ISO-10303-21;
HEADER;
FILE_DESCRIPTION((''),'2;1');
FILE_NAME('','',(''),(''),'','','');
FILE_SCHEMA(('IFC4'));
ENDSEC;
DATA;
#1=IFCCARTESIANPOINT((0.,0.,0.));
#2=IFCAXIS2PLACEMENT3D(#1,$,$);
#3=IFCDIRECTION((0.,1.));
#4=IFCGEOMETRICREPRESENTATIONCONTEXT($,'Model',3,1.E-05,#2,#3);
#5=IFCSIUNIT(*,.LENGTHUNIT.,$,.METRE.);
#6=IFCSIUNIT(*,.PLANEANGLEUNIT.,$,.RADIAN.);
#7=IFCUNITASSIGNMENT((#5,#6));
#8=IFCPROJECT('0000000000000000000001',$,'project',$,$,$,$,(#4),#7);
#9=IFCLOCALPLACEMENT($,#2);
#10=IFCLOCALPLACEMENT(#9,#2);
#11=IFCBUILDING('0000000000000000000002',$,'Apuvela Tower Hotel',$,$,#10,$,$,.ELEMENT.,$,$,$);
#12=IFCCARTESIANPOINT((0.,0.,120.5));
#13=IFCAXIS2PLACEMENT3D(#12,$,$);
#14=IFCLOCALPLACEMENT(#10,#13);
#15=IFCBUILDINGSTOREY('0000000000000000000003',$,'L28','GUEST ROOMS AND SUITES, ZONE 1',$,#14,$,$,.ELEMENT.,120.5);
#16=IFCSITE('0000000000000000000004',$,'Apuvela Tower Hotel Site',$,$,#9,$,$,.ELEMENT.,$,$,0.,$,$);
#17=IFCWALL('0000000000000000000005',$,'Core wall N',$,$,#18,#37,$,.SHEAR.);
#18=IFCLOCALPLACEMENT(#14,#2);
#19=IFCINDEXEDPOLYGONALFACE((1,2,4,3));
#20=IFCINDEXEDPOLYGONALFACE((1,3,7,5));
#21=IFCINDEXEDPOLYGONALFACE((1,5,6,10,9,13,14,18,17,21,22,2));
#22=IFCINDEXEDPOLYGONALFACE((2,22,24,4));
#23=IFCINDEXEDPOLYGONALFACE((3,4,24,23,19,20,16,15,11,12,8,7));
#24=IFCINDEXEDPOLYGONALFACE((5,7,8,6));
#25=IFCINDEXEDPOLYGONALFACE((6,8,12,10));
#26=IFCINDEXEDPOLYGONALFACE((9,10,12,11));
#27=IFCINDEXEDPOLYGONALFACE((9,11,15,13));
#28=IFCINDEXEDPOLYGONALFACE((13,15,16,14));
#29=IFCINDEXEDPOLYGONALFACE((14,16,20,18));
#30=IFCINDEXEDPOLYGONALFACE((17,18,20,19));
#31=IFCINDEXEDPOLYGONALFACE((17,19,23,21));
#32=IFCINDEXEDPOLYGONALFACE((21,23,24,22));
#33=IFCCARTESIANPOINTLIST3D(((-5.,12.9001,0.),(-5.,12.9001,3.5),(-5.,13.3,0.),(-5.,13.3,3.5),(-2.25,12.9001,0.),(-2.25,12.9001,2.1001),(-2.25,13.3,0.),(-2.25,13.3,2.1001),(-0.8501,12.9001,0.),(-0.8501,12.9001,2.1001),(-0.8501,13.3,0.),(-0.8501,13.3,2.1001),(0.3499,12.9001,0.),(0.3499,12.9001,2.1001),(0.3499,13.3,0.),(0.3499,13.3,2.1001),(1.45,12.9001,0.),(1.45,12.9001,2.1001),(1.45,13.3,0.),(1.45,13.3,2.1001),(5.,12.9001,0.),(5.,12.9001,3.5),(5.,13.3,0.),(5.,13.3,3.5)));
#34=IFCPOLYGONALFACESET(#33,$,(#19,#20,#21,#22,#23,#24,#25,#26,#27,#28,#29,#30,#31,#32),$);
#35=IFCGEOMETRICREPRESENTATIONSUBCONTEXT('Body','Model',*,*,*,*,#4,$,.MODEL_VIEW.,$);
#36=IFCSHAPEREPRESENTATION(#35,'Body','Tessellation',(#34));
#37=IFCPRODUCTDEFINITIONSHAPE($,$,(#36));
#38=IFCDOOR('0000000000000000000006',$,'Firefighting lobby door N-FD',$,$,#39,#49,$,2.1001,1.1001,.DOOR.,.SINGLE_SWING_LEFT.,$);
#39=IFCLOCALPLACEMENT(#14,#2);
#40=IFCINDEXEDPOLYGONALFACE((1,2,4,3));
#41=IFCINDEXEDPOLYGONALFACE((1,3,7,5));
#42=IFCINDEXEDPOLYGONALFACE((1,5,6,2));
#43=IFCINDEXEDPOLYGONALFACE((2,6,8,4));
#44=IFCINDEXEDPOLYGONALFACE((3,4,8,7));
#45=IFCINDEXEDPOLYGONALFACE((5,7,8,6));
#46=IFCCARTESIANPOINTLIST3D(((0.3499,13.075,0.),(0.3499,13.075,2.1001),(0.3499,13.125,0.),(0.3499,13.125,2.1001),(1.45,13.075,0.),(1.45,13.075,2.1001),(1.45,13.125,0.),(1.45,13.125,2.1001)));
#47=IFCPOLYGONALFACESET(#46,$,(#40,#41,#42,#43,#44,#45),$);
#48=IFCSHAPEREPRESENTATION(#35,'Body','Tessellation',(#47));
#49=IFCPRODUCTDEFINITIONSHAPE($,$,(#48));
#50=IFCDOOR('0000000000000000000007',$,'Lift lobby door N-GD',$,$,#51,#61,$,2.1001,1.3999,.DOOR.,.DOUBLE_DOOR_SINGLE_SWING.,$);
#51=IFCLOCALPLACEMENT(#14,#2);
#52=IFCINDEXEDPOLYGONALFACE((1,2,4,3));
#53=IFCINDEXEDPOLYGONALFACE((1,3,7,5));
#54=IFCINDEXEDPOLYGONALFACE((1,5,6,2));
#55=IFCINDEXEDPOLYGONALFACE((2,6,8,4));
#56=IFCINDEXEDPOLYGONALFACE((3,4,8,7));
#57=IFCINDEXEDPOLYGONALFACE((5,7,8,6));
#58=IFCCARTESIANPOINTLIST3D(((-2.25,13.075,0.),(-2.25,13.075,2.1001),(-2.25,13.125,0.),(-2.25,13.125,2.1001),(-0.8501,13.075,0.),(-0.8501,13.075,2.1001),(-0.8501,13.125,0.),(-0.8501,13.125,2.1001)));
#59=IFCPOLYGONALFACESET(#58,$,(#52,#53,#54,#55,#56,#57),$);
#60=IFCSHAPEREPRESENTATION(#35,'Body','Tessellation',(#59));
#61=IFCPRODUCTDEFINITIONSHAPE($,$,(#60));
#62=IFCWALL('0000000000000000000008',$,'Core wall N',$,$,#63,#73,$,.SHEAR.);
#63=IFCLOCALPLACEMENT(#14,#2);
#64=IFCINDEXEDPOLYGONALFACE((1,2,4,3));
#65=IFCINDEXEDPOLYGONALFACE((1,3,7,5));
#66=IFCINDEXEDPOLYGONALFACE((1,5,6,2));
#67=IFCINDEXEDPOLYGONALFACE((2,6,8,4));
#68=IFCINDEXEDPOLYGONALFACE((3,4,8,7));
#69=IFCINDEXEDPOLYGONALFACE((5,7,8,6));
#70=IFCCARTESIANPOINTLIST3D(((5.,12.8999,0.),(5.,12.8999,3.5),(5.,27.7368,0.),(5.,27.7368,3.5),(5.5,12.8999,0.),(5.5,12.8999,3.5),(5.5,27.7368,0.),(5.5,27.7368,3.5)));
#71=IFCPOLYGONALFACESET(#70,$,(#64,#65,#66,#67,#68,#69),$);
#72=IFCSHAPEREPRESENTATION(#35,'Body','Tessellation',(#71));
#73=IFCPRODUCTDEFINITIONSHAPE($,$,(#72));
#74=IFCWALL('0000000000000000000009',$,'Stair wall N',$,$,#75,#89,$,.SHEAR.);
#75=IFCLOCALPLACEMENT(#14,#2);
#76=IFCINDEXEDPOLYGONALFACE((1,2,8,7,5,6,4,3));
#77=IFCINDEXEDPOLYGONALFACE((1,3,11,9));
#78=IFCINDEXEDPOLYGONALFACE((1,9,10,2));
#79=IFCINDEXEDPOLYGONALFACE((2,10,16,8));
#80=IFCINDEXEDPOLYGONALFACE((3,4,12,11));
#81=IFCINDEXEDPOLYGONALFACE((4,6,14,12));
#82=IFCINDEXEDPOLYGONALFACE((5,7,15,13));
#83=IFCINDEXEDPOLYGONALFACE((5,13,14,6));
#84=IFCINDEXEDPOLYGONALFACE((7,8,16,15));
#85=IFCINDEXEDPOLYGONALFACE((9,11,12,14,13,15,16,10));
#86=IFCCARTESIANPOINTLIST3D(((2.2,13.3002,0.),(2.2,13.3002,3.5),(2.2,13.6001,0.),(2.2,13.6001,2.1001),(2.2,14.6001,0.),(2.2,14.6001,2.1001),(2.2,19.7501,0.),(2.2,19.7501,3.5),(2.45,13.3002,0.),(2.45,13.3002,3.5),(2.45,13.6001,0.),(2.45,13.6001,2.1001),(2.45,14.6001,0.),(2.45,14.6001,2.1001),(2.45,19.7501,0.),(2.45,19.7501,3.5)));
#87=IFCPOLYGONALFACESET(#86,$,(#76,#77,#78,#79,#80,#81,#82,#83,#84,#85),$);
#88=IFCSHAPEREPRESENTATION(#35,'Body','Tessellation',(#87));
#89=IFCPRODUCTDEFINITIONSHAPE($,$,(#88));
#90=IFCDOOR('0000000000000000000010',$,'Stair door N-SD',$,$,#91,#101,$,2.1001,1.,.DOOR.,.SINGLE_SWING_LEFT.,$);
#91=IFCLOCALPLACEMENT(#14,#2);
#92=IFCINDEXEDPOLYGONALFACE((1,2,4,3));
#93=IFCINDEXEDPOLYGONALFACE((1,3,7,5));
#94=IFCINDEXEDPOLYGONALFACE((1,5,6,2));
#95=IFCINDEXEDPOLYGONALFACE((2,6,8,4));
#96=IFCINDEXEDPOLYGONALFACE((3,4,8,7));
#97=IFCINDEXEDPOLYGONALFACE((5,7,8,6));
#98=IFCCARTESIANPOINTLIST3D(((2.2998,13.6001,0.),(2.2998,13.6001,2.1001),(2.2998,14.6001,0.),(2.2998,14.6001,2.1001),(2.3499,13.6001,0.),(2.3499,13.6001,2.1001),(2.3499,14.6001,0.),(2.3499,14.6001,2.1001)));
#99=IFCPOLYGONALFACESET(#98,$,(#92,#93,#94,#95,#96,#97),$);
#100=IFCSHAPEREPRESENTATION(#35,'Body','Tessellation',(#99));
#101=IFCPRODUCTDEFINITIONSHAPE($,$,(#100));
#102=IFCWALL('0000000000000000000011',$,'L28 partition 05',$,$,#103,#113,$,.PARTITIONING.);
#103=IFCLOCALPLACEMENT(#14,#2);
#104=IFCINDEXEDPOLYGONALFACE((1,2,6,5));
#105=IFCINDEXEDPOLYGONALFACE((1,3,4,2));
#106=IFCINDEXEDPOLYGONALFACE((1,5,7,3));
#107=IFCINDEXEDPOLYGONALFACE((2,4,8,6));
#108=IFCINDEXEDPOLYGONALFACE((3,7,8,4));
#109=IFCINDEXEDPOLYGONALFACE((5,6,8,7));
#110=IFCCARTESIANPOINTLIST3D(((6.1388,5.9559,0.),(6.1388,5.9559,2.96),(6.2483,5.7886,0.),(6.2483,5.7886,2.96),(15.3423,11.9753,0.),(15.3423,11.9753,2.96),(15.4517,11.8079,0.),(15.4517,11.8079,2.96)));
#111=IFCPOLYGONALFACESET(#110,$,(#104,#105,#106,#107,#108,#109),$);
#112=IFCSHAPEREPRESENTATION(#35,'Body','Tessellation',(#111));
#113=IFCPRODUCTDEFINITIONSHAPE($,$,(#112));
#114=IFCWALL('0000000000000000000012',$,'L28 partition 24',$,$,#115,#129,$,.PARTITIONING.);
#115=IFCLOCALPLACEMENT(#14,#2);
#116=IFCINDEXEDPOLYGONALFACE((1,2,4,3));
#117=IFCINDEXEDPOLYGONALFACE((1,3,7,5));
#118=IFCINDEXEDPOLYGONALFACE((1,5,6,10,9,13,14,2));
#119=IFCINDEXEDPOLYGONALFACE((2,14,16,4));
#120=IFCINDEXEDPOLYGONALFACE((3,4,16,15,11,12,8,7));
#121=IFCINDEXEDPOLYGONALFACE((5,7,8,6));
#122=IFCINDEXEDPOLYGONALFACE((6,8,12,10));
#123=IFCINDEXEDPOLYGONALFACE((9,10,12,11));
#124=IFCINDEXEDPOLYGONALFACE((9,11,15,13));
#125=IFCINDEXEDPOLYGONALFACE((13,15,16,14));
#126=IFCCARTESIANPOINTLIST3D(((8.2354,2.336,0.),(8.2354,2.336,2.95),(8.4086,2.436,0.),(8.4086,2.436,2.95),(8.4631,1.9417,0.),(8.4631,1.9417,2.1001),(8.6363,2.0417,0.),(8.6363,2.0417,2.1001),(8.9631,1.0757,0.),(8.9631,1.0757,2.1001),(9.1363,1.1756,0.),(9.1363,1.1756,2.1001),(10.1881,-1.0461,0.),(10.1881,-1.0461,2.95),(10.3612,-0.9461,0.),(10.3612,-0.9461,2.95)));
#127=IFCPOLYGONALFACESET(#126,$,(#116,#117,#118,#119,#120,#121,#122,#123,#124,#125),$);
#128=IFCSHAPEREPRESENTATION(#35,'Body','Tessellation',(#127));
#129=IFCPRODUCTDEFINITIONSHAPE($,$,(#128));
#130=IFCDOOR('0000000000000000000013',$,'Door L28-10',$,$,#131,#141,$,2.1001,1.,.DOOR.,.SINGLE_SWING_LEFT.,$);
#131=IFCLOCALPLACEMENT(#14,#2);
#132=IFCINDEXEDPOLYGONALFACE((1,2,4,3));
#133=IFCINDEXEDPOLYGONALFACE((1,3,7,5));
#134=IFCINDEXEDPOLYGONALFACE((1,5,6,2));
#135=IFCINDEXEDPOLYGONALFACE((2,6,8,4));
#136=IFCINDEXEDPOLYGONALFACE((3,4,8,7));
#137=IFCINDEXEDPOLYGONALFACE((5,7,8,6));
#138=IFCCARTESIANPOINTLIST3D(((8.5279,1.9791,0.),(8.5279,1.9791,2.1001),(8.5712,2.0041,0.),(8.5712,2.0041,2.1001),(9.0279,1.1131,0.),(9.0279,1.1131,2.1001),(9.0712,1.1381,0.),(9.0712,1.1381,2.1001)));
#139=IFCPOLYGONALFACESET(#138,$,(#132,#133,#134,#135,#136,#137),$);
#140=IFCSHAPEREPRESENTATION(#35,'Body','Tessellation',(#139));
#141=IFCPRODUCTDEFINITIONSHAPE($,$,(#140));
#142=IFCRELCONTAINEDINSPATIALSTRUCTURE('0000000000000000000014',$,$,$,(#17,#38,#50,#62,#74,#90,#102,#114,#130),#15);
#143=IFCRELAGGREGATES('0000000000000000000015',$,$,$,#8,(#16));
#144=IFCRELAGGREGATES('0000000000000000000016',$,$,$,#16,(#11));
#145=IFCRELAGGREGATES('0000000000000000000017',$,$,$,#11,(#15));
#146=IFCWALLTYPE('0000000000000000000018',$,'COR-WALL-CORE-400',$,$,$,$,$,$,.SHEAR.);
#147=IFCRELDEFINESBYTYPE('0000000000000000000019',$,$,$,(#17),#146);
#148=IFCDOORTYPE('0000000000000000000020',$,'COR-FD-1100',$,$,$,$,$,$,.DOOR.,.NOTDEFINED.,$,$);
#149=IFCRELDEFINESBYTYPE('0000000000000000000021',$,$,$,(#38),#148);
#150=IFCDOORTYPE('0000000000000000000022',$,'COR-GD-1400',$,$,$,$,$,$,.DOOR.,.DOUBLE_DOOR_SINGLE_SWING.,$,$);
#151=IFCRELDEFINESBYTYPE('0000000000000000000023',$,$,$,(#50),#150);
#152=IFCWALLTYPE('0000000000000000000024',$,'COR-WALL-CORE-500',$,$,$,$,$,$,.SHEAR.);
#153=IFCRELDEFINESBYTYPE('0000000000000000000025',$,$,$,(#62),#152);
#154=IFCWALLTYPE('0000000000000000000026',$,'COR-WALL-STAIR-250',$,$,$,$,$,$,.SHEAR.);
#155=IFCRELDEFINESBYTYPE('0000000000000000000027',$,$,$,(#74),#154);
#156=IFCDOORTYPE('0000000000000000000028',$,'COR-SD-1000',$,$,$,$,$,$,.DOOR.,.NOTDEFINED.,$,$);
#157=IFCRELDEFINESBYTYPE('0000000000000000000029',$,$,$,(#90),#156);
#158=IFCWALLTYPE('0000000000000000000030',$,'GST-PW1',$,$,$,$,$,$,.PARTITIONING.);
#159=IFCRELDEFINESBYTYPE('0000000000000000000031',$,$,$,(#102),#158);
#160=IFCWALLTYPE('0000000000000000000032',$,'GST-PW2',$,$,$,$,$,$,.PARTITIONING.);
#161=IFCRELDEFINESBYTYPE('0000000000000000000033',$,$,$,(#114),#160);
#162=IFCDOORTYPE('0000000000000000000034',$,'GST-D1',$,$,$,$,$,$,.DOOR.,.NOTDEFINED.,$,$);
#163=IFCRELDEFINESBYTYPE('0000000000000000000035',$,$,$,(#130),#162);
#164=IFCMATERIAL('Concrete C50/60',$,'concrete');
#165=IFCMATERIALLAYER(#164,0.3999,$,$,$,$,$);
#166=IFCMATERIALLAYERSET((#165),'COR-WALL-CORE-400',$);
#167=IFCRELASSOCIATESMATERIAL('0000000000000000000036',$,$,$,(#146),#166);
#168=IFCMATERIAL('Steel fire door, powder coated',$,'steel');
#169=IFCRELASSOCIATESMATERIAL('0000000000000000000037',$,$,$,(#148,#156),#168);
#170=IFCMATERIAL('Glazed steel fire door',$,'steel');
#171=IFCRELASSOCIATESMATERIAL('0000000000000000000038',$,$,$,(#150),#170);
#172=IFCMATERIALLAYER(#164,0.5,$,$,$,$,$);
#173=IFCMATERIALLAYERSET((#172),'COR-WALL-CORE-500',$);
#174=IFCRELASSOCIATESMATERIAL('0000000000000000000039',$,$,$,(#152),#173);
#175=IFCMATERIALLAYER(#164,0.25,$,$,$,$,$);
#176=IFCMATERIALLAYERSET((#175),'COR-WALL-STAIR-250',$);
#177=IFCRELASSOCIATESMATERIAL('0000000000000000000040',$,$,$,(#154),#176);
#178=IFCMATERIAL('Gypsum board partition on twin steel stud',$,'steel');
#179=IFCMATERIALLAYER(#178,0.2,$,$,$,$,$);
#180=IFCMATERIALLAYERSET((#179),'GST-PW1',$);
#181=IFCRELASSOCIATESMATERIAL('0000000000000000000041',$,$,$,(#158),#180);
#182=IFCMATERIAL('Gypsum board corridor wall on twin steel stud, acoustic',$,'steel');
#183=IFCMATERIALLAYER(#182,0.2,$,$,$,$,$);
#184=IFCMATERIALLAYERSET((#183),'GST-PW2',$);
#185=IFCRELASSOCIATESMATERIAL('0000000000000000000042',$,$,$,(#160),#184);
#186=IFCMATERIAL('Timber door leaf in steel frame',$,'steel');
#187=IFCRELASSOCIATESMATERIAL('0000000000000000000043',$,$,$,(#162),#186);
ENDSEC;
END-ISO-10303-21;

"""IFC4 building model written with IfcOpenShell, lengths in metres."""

from ifc_helpers import new_model, si_unit, direction, frame, frame_2d, origin, place, context, subcontext, project, spatial, rectangle, extrude, material, layer, layer_set, type_object, element, fill, save


model = new_model("IFC4")

# Units and contexts
model_context = context("Model", 3, precision=1e-05, world=origin(), true_north=direction((0.0, 1.0)))
body_context = subcontext(model_context, "Body", "Model", "MODEL_VIEW")
ifc_project = project(units=[si_unit("LENGTHUNIT", "METRE"), si_unit("PLANEANGLEUNIT", "RADIAN")], contexts=[model_context])

# Site, building, storey
site_placement = place(None, origin())
site = spatial("IfcSite", under=ifc_project, at=site_placement, Name="Apuvela Tower Hotel Site", CompositionType="ELEMENT", RefElevation=0.0)
building_placement = place(site_placement, origin())
building = spatial("IfcBuilding", under=site, at=building_placement, Name="Apuvela Tower Hotel", CompositionType="ELEMENT")
storey_placement = place(building_placement, frame((0.0, 0.0, 120.5)))
storey = spatial("IfcBuildingStorey", under=building, at=storey_placement, Name="L28", Description="GUEST ROOMS AND SUITES, ZONE 1", CompositionType="ELEMENT", Elevation=120.5)

# Shared definitions
ifc_material_1 = material(Name="Concrete C50/60", Category="concrete")

# Wall, openings, doors
ifc_layer_1 = layer(ifc_material_1, 0.3999)
ifc_layer_set_1 = layer_set([ifc_layer_1], Name="COR-WALL-CORE-400")
wall_type_1 = type_object("IfcWallType", Name="COR-WALL-CORE-400", PredefinedType="SHEAR", material=ifc_layer_set_1)
wall_1_placement = place(storey_placement, frame((5.0, 13.1001, 0.0), z_axis=(0.0, 0.0, 1.0), x_axis=(-1.0, 0.0, 0.0)))
wall_1 = element("IfcWall", 1, at=wall_1_placement, inside=storey, type_object=wall_type_1, Name="Core wall N", PredefinedType="SHEAR", context=body_context, shape_type="SweptSolid", body=[
    extrude(rectangle(XDim=10.0, YDim=0.3999, at=frame_2d((5.0, 0.0))), origin(), (0.0, 0.0, 1.0), 3.5),
])
opening_1_placement = place(wall_1_placement, frame((3.55, 0.0, 0.0)))
opening_1 = element("IfcOpeningElement", 2, at=opening_1_placement, cuts=wall_1, PredefinedType="OPENING", context=body_context, shape_type="SweptSolid", body=[
    extrude(rectangle(XDim=1.1001, YDim=2.1001, at=frame_2d((0.55, 1.05))), frame((0.0, 0.21, 0.0), z_axis=(0.0, -1.0, 0.0), x_axis=(1.0, 0.0, 0.0)), (0.0, 0.0, 1.0), 0.4199),
])
opening_2_placement = place(wall_1_placement, frame((5.8501, 0.0, 0.0)))
opening_2 = element("IfcOpeningElement", 3, at=opening_2_placement, cuts=wall_1, PredefinedType="OPENING", context=body_context, shape_type="SweptSolid", body=[
    extrude(rectangle(XDim=1.3999, YDim=2.1001, at=frame_2d((0.7, 1.05))), frame((0.0, 0.21, 0.0), z_axis=(0.0, -1.0, 0.0), x_axis=(1.0, 0.0, 0.0)), (0.0, 0.0, 1.0), 0.4199),
])
ifc_material_2 = material(Name="Steel fire door, powder coated", Category="steel")
door_type_1 = type_object("IfcDoorType", Name="COR-FD-1100", OperationType="NOTDEFINED", PredefinedType="DOOR", material=ifc_material_2)
door_1_placement = place(opening_1_placement, frame((1.1001, 0.0, 0.0), z_axis=(0.0, 0.0, 1.0), x_axis=(-1.0, 0.0, 0.0)))
door_1 = element("IfcDoor", 4, at=door_1_placement, inside=storey, type_object=door_type_1, Name="Firefighting lobby door N-FD", OperationType="SINGLE_SWING_LEFT", OverallHeight=2.1001, OverallWidth=1.1001, PredefinedType="DOOR", context=body_context, shape_type="SweptSolid", body=[
    extrude(rectangle(XDim=1.1001, YDim=2.1001, at=frame_2d((0.55, 1.05))), frame((0.0, 0.0249, 0.0), z_axis=(0.0, -1.0, 0.0), x_axis=(1.0, 0.0, 0.0)), (0.0, 0.0, 1.0), 0.05),
])
fill(opening_1, door_1)
ifc_material_3 = material(Name="Glazed steel fire door", Category="steel")
door_type_2 = type_object("IfcDoorType", Name="COR-GD-1400", OperationType="DOUBLE_DOOR_SINGLE_SWING", PredefinedType="DOOR", material=ifc_material_3)
door_2_placement = place(opening_2_placement, frame((1.3999, 0.0, 0.0), z_axis=(0.0, 0.0, 1.0), x_axis=(-1.0, 0.0, 0.0)))
door_2 = element("IfcDoor", 5, at=door_2_placement, inside=storey, type_object=door_type_2, Name="Lift lobby door N-GD", OperationType="DOUBLE_DOOR_SINGLE_SWING", OverallHeight=2.1001, OverallWidth=1.3999, PredefinedType="DOOR", context=body_context, shape_type="SweptSolid", body=[
    extrude(rectangle(XDim=1.3999, YDim=2.1001, at=frame_2d((0.7, 1.05))), frame((0.0, 0.0249, 0.0), z_axis=(0.0, -1.0, 0.0), x_axis=(1.0, 0.0, 0.0)), (0.0, 0.0, 1.0), 0.05),
])
fill(opening_2, door_2)

# Wall
ifc_layer_2 = layer(ifc_material_1, 0.5)
ifc_layer_set_2 = layer_set([ifc_layer_2], Name="COR-WALL-CORE-500")
wall_type_2 = type_object("IfcWallType", Name="COR-WALL-CORE-500", PredefinedType="SHEAR", material=ifc_layer_set_2)
wall_2_placement = place(storey_placement, frame((5.25, 12.8999, 0.0), z_axis=(0.0, 0.0, 1.0), x_axis=(0.0, 1.0, 0.0)))
element("IfcWall", 6, at=wall_2_placement, inside=storey, type_object=wall_type_2, Name="Core wall N", PredefinedType="SHEAR", context=body_context, shape_type="SweptSolid", body=[
    extrude(rectangle(XDim=14.8369, YDim=0.5, at=frame_2d((7.4185, 0.0))), origin(), (0.0, 0.0, 1.0), 3.5),
])

# Wall, opening, door
ifc_layer_3 = layer(ifc_material_1, 0.25)
ifc_layer_set_3 = layer_set([ifc_layer_3], Name="COR-WALL-STAIR-250")
wall_type_3 = type_object("IfcWallType", Name="COR-WALL-STAIR-250", PredefinedType="SHEAR", material=ifc_layer_set_3)
wall_3_placement = place(storey_placement, frame((2.325, 13.3, 0.0), z_axis=(0.0, 0.0, 1.0), x_axis=(0.0, 1.0, 0.0)))
wall_3 = element("IfcWall", 7, at=wall_3_placement, inside=storey, type_object=wall_type_3, Name="Stair wall N", PredefinedType="SHEAR", context=body_context, shape_type="SweptSolid", body=[
    extrude(rectangle(XDim=6.45, YDim=0.25, at=frame_2d((3.2251, 0.0))), origin(), (0.0, 0.0, 1.0), 3.5),
])
opening_3_placement = place(wall_3_placement, frame((0.3, 0.0, 0.0)))
opening_3 = element("IfcOpeningElement", 8, at=opening_3_placement, cuts=wall_3, PredefinedType="OPENING", context=body_context, shape_type="SweptSolid", body=[
    extrude(rectangle(XDim=1.0, YDim=2.1001, at=frame_2d((0.5, 1.05))), frame((0.0, 0.135, 0.0), z_axis=(0.0, -1.0, 0.0), x_axis=(1.0, 0.0, 0.0)), (0.0, 0.0, 1.0), 0.27),
])
door_type_3 = type_object("IfcDoorType", Name="COR-SD-1000", OperationType="NOTDEFINED", PredefinedType="DOOR", material=ifc_material_2)
door_3_placement = place(opening_3_placement, frame((1.0, 0.0, 0.0), z_axis=(0.0, 0.0, 1.0), x_axis=(-1.0, 0.0, 0.0)))
door_3 = element("IfcDoor", 9, at=door_3_placement, inside=storey, type_object=door_type_3, Name="Stair door N-SD", OperationType="SINGLE_SWING_LEFT", OverallHeight=2.1001, OverallWidth=1.0, PredefinedType="DOOR", context=body_context, shape_type="SweptSolid", body=[
    extrude(rectangle(XDim=1.0, YDim=2.1001, at=frame_2d((0.5, 1.05))), frame((0.0, 0.0249, 0.0), z_axis=(0.0, -1.0, 0.0), x_axis=(1.0, 0.0, 0.0)), (0.0, 0.0, 1.0), 0.05),
])
fill(opening_3, door_3)

# Wall
ifc_material_4 = material(Name="Gypsum board partition on twin steel stud", Category="steel")
ifc_layer_4 = layer(ifc_material_4, 0.2)
ifc_layer_set_4 = layer_set([ifc_layer_4], Name="GST-PW1")
wall_type_4 = type_object("IfcWallType", Name="GST-PW1", PredefinedType="PARTITIONING", material=ifc_layer_set_4)
wall_4_placement = place(storey_placement, frame((15.397, 11.8916, 0.0), z_axis=(0.0, 0.0, 1.0), x_axis=(-0.836899, -0.547358, 0.0)))
element("IfcWall", 10, at=wall_4_placement, inside=storey, type_object=wall_type_4, Name="L28 partition 05", PredefinedType="PARTITIONING", context=body_context, shape_type="SweptSolid", body=[
    extrude(rectangle(XDim=10.9971, YDim=0.2, at=frame_2d((5.4985, 0.0))), origin(), (0.0, 0.0, 1.0), 2.96),
])

# Wall, opening, door
ifc_material_5 = material(Name="Gypsum board corridor wall on twin steel stud, acoustic", Category="steel")
ifc_layer_5 = layer(ifc_material_5, 0.2)
ifc_layer_set_5 = layer_set([ifc_layer_5], Name="GST-PW2")
wall_type_5 = type_object("IfcWallType", Name="GST-PW2", PredefinedType="PARTITIONING", material=ifc_layer_set_5)
wall_5_placement = place(storey_placement, frame((8.322, 2.386, 0.0), z_axis=(0.0, 0.0, 1.0), x_axis=(0.499998, -0.866026, 0.0)))
wall_5 = element("IfcWall", 11, at=wall_5_placement, inside=storey, type_object=wall_type_5, Name="L28 partition 24", PredefinedType="PARTITIONING", context=body_context, shape_type="SweptSolid", body=[
    extrude(rectangle(XDim=3.9053, YDim=0.2, at=frame_2d((1.9526, 0.0))), origin(), (0.0, 0.0, 1.0), 2.95),
])
opening_4_placement = place(wall_5_placement, frame((0.4553, 0.0, 0.0)))
opening_4 = element("IfcOpeningElement", 12, at=opening_4_placement, cuts=wall_5, PredefinedType="OPENING", context=body_context, shape_type="SweptSolid", body=[
    extrude(rectangle(XDim=1.0, YDim=2.1001, at=frame_2d((0.5, 1.05))), frame((0.0, 0.1099, 0.0), z_axis=(0.0, -1.0, 0.0), x_axis=(1.0, 0.0, 0.0)), (0.0, 0.0, 1.0), 0.22),
])
ifc_material_6 = material(Name="Timber door leaf in steel frame", Category="steel")
door_type_4 = type_object("IfcDoorType", Name="GST-D1", OperationType="NOTDEFINED", PredefinedType="DOOR", material=ifc_material_6)
door_4_placement = place(opening_4_placement, origin())
door_4 = element("IfcDoor", 13, at=door_4_placement, inside=storey, type_object=door_type_4, Name="Door L28-10", OperationType="SINGLE_SWING_LEFT", OverallHeight=2.1001, OverallWidth=1.0, PredefinedType="DOOR", context=body_context, shape_type="SweptSolid", body=[
    extrude(rectangle(XDim=1.0, YDim=2.1001, at=frame_2d((0.5, 1.05))), frame((0.0, 0.0249, 0.0), z_axis=(0.0, -1.0, 0.0), x_axis=(1.0, 0.0, 0.0)), (0.0, 0.0, 1.0), 0.05),
])
fill(opening_4, door_4)

save(model, "model.ifc")
